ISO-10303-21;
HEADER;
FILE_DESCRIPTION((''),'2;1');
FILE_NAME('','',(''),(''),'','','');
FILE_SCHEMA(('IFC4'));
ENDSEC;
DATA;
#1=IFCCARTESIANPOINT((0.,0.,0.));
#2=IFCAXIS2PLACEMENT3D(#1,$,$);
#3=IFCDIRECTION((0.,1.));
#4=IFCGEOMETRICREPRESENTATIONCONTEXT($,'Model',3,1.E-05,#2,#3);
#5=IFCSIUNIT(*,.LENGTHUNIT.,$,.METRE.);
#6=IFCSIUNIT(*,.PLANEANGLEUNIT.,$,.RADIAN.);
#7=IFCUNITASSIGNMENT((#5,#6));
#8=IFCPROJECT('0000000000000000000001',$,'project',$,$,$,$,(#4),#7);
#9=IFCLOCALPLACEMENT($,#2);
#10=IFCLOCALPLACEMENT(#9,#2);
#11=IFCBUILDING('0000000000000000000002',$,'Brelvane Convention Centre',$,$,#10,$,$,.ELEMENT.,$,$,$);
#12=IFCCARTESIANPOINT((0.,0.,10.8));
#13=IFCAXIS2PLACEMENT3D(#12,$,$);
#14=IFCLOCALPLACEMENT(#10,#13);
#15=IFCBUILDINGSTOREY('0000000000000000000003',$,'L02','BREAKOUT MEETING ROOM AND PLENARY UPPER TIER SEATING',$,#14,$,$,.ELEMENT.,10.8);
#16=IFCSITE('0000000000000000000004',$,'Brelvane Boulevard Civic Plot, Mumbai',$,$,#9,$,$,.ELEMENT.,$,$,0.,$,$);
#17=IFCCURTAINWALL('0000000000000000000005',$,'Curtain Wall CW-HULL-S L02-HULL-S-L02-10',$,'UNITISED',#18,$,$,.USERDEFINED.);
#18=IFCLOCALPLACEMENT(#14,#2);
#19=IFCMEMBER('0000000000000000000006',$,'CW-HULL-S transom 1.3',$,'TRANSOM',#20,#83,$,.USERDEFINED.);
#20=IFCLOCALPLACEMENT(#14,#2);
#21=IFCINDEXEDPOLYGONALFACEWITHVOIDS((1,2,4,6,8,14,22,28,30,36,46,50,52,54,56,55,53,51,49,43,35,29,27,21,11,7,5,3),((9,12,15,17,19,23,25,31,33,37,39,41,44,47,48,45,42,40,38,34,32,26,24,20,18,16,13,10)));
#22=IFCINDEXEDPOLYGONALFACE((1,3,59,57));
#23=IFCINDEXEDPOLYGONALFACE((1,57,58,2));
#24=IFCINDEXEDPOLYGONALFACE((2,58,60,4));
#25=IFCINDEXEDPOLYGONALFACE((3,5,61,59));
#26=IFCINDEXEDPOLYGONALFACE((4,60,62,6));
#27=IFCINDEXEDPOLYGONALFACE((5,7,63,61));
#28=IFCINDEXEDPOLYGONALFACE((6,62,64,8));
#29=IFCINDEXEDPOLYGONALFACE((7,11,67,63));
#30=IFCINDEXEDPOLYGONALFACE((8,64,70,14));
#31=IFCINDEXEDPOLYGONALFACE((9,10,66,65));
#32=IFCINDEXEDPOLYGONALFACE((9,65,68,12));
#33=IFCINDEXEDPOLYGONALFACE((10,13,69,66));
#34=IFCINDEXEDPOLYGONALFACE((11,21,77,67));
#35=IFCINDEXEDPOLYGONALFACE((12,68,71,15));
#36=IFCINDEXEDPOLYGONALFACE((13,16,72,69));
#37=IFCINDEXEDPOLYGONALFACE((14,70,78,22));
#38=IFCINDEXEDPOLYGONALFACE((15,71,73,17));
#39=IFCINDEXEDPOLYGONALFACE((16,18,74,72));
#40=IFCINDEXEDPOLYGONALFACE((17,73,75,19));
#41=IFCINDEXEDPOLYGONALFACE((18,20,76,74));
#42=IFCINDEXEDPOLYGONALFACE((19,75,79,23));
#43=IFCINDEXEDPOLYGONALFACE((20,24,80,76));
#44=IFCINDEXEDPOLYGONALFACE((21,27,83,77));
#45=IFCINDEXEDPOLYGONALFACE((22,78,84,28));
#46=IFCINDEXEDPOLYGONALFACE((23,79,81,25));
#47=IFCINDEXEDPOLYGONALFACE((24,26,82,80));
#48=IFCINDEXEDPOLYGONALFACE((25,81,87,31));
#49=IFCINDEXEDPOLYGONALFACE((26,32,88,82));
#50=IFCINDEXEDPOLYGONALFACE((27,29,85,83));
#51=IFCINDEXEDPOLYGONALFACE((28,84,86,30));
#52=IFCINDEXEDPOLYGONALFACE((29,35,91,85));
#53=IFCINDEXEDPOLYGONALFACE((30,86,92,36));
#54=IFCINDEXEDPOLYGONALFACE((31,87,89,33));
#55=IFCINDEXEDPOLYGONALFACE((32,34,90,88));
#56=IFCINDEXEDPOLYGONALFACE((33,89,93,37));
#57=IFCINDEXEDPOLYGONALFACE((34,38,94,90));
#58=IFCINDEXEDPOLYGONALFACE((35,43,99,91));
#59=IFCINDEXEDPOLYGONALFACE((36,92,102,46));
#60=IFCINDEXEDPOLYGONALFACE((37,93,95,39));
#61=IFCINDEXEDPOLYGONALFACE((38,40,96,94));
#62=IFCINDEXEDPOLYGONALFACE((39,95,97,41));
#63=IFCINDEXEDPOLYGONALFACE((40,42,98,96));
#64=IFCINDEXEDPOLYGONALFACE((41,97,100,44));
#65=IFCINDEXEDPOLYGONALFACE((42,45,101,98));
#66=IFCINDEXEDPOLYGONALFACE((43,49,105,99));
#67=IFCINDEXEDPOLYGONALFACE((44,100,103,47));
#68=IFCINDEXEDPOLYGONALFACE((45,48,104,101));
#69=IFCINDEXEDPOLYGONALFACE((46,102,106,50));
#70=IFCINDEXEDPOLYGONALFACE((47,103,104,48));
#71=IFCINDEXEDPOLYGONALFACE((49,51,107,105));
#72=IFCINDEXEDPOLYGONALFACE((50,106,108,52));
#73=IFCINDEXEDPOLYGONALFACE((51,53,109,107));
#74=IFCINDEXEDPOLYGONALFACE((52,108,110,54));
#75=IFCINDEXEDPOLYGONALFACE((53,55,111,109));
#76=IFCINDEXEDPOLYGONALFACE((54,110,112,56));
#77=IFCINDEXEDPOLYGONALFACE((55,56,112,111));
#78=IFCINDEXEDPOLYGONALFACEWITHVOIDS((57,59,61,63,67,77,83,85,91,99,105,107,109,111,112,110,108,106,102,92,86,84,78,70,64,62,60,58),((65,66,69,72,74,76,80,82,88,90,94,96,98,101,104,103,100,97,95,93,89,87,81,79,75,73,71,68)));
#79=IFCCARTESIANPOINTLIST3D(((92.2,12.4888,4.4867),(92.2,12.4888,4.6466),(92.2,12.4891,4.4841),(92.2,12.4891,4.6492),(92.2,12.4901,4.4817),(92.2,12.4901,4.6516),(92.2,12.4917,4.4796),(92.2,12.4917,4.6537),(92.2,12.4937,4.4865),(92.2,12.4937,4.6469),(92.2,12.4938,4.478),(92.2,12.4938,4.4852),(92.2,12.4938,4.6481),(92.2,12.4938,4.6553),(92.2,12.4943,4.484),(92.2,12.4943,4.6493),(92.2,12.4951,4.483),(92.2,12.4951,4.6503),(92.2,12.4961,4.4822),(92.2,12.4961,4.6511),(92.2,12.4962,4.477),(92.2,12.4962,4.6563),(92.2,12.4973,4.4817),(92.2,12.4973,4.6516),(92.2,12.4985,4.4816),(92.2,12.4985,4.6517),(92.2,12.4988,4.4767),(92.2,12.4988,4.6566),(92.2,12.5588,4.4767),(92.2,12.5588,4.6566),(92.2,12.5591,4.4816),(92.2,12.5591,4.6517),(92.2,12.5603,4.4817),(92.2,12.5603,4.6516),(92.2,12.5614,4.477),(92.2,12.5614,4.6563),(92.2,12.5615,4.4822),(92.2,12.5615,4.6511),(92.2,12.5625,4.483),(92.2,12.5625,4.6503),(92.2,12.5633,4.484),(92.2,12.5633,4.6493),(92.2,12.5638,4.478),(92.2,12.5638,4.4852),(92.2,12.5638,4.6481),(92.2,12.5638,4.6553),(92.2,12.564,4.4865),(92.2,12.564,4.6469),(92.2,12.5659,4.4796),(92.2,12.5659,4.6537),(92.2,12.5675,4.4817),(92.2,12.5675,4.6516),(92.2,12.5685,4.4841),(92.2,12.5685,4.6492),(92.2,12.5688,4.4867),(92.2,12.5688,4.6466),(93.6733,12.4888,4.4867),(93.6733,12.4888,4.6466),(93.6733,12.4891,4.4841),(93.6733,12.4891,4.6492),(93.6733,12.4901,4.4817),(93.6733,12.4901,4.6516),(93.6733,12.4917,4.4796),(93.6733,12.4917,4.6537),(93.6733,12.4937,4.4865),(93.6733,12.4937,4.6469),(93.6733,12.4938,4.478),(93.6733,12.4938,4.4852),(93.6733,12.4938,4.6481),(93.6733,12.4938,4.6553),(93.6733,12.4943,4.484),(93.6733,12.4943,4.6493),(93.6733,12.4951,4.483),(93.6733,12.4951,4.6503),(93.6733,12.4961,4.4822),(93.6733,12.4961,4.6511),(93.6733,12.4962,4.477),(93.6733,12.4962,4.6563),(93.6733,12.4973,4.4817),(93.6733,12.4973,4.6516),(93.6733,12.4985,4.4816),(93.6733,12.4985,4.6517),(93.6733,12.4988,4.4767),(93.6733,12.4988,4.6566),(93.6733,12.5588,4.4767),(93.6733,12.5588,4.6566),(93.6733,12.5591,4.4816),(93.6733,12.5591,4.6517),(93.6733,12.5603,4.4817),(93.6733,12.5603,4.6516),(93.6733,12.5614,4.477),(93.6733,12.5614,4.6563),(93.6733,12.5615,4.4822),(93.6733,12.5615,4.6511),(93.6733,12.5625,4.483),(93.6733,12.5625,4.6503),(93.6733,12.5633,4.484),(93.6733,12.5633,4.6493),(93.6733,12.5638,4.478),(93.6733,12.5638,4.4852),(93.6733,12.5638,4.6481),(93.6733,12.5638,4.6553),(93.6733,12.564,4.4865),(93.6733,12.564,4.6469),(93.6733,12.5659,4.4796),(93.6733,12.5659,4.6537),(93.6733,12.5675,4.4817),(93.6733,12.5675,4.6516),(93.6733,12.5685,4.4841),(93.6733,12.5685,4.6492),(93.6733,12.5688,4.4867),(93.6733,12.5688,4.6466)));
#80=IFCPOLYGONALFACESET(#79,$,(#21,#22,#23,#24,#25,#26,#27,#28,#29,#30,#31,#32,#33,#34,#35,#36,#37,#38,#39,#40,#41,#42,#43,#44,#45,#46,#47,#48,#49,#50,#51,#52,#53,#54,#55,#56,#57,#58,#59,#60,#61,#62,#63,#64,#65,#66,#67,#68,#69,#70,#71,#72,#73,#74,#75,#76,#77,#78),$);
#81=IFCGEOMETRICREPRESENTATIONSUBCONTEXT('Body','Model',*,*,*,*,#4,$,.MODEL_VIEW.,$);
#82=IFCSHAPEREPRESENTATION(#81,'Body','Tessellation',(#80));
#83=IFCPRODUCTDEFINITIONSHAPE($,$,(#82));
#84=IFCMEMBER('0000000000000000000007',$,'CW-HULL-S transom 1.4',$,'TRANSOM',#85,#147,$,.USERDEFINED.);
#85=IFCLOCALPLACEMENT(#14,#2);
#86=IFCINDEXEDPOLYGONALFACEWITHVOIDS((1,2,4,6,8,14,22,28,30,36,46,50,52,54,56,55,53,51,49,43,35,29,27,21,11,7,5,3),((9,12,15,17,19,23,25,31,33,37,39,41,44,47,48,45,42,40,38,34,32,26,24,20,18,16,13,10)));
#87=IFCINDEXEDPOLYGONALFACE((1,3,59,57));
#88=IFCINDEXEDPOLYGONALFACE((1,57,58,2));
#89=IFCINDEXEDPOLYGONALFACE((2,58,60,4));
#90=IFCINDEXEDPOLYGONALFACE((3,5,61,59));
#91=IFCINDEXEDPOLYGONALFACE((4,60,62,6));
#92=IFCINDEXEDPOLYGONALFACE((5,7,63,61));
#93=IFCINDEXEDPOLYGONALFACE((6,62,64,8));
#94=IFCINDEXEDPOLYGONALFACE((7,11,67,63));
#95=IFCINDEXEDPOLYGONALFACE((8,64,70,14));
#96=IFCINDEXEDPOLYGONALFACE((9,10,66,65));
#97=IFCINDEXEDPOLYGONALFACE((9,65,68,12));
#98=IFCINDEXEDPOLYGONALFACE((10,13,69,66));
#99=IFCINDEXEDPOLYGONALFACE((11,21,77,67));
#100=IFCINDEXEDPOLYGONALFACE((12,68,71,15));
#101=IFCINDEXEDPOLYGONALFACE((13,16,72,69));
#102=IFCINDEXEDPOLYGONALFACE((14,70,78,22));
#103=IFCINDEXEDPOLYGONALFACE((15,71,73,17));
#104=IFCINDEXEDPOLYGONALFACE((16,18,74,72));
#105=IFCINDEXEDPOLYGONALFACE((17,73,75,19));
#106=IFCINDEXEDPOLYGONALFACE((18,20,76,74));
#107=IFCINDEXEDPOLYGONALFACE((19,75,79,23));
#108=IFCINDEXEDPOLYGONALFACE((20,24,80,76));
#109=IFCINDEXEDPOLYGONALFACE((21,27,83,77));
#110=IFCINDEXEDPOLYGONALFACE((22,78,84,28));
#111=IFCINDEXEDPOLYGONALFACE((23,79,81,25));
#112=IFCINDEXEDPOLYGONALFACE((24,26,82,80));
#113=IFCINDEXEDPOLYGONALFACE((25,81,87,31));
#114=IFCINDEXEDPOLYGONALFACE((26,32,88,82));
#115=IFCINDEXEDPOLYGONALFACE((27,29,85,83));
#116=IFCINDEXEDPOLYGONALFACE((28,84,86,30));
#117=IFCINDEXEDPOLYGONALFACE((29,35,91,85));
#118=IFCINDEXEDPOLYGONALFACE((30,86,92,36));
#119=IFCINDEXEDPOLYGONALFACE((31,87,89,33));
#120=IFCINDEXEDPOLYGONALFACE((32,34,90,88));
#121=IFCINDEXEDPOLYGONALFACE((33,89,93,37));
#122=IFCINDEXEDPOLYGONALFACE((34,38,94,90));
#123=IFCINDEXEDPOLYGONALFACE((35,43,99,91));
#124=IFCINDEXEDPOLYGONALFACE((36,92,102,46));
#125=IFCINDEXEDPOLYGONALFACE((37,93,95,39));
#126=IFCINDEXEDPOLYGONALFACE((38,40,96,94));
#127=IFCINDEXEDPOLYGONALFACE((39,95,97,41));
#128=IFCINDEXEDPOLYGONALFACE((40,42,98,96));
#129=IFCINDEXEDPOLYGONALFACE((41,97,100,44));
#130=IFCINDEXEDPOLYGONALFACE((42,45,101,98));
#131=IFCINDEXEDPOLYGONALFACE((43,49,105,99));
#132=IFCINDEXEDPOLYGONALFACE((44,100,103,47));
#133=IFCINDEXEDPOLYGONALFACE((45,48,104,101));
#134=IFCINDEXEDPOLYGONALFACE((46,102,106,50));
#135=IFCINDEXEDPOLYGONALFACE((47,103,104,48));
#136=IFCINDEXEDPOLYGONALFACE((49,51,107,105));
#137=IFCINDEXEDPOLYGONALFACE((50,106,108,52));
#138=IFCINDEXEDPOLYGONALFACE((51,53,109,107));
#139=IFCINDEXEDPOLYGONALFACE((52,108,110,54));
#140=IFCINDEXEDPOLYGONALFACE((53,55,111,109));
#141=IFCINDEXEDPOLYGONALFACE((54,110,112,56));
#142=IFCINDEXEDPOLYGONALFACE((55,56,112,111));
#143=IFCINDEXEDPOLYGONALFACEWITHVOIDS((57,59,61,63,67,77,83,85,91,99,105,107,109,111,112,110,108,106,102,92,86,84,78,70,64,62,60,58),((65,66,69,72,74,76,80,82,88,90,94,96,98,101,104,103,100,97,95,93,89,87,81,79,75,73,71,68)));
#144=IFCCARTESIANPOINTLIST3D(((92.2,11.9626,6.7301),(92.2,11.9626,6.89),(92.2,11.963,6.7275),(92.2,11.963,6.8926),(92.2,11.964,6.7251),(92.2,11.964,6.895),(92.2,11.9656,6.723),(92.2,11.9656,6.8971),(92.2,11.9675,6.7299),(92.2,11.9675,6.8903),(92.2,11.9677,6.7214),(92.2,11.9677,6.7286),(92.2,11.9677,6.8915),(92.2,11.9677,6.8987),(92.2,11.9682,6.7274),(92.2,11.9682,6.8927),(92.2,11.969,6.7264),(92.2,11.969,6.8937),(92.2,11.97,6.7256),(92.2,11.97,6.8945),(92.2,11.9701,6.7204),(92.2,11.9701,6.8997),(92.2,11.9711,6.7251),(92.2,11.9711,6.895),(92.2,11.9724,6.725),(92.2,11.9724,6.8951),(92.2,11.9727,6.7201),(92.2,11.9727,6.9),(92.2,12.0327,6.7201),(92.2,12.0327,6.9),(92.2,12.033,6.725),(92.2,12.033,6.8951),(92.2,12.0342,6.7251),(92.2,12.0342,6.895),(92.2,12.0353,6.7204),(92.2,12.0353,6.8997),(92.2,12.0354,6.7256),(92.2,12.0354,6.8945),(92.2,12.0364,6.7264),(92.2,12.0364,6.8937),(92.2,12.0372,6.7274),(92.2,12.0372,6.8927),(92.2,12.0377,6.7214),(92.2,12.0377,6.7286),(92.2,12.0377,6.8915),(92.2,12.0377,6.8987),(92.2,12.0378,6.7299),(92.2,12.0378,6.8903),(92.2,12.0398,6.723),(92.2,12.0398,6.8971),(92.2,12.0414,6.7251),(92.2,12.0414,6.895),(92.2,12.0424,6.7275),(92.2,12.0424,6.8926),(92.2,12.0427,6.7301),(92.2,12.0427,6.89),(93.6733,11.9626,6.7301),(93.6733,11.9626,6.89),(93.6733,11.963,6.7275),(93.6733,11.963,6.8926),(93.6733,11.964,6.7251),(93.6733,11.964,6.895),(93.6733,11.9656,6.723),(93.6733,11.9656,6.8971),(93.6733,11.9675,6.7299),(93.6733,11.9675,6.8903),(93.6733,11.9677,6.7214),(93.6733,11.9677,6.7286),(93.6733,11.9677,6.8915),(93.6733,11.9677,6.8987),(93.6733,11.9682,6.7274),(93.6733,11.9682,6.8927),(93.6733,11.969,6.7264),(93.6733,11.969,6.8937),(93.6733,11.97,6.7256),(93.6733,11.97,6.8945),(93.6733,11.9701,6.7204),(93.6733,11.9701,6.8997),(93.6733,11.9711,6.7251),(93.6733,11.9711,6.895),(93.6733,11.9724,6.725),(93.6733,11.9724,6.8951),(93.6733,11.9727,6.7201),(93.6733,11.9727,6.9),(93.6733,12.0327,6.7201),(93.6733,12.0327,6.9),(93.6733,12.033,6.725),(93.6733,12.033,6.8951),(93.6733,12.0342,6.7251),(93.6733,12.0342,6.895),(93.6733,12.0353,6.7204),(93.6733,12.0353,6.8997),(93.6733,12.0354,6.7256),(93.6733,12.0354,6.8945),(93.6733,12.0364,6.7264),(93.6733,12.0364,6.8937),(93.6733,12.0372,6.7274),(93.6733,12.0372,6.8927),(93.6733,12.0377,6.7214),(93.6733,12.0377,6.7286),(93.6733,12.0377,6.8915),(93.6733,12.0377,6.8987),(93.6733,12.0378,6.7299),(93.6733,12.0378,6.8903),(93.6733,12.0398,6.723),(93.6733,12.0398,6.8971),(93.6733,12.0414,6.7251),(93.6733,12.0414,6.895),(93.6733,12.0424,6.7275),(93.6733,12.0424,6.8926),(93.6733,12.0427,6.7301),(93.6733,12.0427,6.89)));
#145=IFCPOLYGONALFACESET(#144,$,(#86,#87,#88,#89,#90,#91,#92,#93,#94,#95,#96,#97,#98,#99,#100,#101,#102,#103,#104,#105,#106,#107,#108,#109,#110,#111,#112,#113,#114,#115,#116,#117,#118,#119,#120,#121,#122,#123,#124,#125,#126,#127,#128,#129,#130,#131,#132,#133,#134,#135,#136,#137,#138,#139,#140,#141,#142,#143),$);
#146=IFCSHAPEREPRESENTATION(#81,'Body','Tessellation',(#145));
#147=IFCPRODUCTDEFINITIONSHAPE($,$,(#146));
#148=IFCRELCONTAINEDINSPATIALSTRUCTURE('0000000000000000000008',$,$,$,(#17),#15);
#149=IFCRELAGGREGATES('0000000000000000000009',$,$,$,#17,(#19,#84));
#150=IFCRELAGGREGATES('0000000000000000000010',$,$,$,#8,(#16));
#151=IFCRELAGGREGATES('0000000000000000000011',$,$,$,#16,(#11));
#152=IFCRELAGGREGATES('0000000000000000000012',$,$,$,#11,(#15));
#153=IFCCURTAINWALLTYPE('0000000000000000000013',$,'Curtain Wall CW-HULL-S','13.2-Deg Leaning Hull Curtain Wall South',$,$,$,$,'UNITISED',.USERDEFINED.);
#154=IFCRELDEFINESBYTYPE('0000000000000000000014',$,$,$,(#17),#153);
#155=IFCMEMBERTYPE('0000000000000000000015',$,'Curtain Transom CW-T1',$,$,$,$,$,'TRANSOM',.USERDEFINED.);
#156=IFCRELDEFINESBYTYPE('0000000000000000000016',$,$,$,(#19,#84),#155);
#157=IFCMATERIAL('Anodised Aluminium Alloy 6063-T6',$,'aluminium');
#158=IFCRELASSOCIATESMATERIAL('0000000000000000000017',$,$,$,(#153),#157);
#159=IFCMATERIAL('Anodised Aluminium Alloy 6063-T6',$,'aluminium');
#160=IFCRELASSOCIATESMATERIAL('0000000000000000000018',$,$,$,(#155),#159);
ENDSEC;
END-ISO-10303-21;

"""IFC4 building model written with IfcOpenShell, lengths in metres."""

from ifc_helpers import new_model, si_unit, direction, frame, origin, origin_2d, place, context, subcontext, project, spatial, hollow_rectangle, extrude, material, material_profile, profile_set, type_object, element, aggregate, save


model = new_model("IFC4")

# Units and contexts
model_context = context("Model", 3, precision=1e-05, world=origin(), true_north=direction((0.0, 1.0)))
body_context = subcontext(model_context, "Body", "Model", "MODEL_VIEW")
ifc_project = project(units=[si_unit("LENGTHUNIT", "METRE"), si_unit("PLANEANGLEUNIT", "RADIAN")], contexts=[model_context])

# Site, building, storey
site_placement = place(None, origin())
site = spatial("IfcSite", under=ifc_project, at=site_placement, Name="Brelvane Boulevard Civic Plot, Mumbai", CompositionType="ELEMENT", RefElevation=0.0)
building_placement = place(site_placement, origin())
building = spatial("IfcBuilding", under=site, at=building_placement, Name="Brelvane Convention Centre", CompositionType="ELEMENT")
storey_placement = place(building_placement, frame((0.0, 0.0, 10.8)))
storey = spatial("IfcBuildingStorey", under=building, at=storey_placement, Name="L02", Description="BREAKOUT MEETING ROOM AND PLENARY UPPER TIER SEATING", CompositionType="ELEMENT", Elevation=10.8)

# Curtain wall, members
ifc_material_1 = material(Name="Anodised Aluminium Alloy 6063-T6", Category="aluminium")
curtain_wall_type = type_object("IfcCurtainWallType", Name="Curtain Wall CW-HULL-S", Description="13.2-Deg Leaning Hull Curtain Wall South", ElementType="UNITISED", PredefinedType="USERDEFINED", material=ifc_material_1)
ifc_material_2 = material(Name="Anodised Aluminium Alloy 6063-T6", Category="aluminium")
ifc_material_profile = material_profile(ifc_material_2, hollow_rectangle(XDim=0.0801, YDim=0.1799, WallThickness=0.0049, InnerFilletRadius=0.0049, OuterFilletRadius=0.01, at=origin_2d()), Name="ALU-T 180x80x5.0")
ifc_profile_set = profile_set([ifc_material_profile], Name="Anodised Aluminium Alloy 6063-T6")
member_type = type_object("IfcMemberType", Name="Curtain Transom CW-T1", ElementType="TRANSOM", PredefinedType="USERDEFINED", material=ifc_profile_set)
curtain_wall_1_placement = place(storey_placement, origin())
curtain_wall_1 = element("IfcCurtainWall", 1, at=curtain_wall_1_placement, inside=storey, type_object=curtain_wall_type, Name="Curtain Wall CW-HULL-S L02-HULL-S-L02-10", ObjectType="UNITISED", PredefinedType="USERDEFINED")
member_1_placement = place(storey_placement, frame((92.2, 12.5288, 4.5667), z_axis=(1.0, 0.0, 0.0), x_axis=(0.0, 1.0, 0.0)))
member_1 = element("IfcMember", 2, at=member_1_placement, type_object=member_type, Name="CW-HULL-S transom 1.3", ObjectType="TRANSOM", PredefinedType="USERDEFINED", context=body_context, shape_type="SweptSolid", body=[
    extrude(hollow_rectangle(XDim=0.0801, YDim=0.1799, WallThickness=0.0049, InnerFilletRadius=0.0049, OuterFilletRadius=0.01, at=origin_2d()), origin(), (0.0, 0.0, 1.0), 1.4734),
])
member_2_placement = place(storey_placement, frame((92.2, 12.0027, 6.8101), z_axis=(1.0, 0.0, 0.0), x_axis=(0.0, 1.0, 0.0)))
member_2 = element("IfcMember", 3, at=member_2_placement, type_object=member_type, Name="CW-HULL-S transom 1.4", ObjectType="TRANSOM", PredefinedType="USERDEFINED", context=body_context, shape_type="SweptSolid", body=[
    extrude(hollow_rectangle(XDim=0.0801, YDim=0.1799, WallThickness=0.0049, InnerFilletRadius=0.0049, OuterFilletRadius=0.01, at=origin_2d()), origin(), (0.0, 0.0, 1.0), 1.4734),
])

aggregate(curtain_wall_1, [member_1, member_2])

save(model, "model.ifc")
